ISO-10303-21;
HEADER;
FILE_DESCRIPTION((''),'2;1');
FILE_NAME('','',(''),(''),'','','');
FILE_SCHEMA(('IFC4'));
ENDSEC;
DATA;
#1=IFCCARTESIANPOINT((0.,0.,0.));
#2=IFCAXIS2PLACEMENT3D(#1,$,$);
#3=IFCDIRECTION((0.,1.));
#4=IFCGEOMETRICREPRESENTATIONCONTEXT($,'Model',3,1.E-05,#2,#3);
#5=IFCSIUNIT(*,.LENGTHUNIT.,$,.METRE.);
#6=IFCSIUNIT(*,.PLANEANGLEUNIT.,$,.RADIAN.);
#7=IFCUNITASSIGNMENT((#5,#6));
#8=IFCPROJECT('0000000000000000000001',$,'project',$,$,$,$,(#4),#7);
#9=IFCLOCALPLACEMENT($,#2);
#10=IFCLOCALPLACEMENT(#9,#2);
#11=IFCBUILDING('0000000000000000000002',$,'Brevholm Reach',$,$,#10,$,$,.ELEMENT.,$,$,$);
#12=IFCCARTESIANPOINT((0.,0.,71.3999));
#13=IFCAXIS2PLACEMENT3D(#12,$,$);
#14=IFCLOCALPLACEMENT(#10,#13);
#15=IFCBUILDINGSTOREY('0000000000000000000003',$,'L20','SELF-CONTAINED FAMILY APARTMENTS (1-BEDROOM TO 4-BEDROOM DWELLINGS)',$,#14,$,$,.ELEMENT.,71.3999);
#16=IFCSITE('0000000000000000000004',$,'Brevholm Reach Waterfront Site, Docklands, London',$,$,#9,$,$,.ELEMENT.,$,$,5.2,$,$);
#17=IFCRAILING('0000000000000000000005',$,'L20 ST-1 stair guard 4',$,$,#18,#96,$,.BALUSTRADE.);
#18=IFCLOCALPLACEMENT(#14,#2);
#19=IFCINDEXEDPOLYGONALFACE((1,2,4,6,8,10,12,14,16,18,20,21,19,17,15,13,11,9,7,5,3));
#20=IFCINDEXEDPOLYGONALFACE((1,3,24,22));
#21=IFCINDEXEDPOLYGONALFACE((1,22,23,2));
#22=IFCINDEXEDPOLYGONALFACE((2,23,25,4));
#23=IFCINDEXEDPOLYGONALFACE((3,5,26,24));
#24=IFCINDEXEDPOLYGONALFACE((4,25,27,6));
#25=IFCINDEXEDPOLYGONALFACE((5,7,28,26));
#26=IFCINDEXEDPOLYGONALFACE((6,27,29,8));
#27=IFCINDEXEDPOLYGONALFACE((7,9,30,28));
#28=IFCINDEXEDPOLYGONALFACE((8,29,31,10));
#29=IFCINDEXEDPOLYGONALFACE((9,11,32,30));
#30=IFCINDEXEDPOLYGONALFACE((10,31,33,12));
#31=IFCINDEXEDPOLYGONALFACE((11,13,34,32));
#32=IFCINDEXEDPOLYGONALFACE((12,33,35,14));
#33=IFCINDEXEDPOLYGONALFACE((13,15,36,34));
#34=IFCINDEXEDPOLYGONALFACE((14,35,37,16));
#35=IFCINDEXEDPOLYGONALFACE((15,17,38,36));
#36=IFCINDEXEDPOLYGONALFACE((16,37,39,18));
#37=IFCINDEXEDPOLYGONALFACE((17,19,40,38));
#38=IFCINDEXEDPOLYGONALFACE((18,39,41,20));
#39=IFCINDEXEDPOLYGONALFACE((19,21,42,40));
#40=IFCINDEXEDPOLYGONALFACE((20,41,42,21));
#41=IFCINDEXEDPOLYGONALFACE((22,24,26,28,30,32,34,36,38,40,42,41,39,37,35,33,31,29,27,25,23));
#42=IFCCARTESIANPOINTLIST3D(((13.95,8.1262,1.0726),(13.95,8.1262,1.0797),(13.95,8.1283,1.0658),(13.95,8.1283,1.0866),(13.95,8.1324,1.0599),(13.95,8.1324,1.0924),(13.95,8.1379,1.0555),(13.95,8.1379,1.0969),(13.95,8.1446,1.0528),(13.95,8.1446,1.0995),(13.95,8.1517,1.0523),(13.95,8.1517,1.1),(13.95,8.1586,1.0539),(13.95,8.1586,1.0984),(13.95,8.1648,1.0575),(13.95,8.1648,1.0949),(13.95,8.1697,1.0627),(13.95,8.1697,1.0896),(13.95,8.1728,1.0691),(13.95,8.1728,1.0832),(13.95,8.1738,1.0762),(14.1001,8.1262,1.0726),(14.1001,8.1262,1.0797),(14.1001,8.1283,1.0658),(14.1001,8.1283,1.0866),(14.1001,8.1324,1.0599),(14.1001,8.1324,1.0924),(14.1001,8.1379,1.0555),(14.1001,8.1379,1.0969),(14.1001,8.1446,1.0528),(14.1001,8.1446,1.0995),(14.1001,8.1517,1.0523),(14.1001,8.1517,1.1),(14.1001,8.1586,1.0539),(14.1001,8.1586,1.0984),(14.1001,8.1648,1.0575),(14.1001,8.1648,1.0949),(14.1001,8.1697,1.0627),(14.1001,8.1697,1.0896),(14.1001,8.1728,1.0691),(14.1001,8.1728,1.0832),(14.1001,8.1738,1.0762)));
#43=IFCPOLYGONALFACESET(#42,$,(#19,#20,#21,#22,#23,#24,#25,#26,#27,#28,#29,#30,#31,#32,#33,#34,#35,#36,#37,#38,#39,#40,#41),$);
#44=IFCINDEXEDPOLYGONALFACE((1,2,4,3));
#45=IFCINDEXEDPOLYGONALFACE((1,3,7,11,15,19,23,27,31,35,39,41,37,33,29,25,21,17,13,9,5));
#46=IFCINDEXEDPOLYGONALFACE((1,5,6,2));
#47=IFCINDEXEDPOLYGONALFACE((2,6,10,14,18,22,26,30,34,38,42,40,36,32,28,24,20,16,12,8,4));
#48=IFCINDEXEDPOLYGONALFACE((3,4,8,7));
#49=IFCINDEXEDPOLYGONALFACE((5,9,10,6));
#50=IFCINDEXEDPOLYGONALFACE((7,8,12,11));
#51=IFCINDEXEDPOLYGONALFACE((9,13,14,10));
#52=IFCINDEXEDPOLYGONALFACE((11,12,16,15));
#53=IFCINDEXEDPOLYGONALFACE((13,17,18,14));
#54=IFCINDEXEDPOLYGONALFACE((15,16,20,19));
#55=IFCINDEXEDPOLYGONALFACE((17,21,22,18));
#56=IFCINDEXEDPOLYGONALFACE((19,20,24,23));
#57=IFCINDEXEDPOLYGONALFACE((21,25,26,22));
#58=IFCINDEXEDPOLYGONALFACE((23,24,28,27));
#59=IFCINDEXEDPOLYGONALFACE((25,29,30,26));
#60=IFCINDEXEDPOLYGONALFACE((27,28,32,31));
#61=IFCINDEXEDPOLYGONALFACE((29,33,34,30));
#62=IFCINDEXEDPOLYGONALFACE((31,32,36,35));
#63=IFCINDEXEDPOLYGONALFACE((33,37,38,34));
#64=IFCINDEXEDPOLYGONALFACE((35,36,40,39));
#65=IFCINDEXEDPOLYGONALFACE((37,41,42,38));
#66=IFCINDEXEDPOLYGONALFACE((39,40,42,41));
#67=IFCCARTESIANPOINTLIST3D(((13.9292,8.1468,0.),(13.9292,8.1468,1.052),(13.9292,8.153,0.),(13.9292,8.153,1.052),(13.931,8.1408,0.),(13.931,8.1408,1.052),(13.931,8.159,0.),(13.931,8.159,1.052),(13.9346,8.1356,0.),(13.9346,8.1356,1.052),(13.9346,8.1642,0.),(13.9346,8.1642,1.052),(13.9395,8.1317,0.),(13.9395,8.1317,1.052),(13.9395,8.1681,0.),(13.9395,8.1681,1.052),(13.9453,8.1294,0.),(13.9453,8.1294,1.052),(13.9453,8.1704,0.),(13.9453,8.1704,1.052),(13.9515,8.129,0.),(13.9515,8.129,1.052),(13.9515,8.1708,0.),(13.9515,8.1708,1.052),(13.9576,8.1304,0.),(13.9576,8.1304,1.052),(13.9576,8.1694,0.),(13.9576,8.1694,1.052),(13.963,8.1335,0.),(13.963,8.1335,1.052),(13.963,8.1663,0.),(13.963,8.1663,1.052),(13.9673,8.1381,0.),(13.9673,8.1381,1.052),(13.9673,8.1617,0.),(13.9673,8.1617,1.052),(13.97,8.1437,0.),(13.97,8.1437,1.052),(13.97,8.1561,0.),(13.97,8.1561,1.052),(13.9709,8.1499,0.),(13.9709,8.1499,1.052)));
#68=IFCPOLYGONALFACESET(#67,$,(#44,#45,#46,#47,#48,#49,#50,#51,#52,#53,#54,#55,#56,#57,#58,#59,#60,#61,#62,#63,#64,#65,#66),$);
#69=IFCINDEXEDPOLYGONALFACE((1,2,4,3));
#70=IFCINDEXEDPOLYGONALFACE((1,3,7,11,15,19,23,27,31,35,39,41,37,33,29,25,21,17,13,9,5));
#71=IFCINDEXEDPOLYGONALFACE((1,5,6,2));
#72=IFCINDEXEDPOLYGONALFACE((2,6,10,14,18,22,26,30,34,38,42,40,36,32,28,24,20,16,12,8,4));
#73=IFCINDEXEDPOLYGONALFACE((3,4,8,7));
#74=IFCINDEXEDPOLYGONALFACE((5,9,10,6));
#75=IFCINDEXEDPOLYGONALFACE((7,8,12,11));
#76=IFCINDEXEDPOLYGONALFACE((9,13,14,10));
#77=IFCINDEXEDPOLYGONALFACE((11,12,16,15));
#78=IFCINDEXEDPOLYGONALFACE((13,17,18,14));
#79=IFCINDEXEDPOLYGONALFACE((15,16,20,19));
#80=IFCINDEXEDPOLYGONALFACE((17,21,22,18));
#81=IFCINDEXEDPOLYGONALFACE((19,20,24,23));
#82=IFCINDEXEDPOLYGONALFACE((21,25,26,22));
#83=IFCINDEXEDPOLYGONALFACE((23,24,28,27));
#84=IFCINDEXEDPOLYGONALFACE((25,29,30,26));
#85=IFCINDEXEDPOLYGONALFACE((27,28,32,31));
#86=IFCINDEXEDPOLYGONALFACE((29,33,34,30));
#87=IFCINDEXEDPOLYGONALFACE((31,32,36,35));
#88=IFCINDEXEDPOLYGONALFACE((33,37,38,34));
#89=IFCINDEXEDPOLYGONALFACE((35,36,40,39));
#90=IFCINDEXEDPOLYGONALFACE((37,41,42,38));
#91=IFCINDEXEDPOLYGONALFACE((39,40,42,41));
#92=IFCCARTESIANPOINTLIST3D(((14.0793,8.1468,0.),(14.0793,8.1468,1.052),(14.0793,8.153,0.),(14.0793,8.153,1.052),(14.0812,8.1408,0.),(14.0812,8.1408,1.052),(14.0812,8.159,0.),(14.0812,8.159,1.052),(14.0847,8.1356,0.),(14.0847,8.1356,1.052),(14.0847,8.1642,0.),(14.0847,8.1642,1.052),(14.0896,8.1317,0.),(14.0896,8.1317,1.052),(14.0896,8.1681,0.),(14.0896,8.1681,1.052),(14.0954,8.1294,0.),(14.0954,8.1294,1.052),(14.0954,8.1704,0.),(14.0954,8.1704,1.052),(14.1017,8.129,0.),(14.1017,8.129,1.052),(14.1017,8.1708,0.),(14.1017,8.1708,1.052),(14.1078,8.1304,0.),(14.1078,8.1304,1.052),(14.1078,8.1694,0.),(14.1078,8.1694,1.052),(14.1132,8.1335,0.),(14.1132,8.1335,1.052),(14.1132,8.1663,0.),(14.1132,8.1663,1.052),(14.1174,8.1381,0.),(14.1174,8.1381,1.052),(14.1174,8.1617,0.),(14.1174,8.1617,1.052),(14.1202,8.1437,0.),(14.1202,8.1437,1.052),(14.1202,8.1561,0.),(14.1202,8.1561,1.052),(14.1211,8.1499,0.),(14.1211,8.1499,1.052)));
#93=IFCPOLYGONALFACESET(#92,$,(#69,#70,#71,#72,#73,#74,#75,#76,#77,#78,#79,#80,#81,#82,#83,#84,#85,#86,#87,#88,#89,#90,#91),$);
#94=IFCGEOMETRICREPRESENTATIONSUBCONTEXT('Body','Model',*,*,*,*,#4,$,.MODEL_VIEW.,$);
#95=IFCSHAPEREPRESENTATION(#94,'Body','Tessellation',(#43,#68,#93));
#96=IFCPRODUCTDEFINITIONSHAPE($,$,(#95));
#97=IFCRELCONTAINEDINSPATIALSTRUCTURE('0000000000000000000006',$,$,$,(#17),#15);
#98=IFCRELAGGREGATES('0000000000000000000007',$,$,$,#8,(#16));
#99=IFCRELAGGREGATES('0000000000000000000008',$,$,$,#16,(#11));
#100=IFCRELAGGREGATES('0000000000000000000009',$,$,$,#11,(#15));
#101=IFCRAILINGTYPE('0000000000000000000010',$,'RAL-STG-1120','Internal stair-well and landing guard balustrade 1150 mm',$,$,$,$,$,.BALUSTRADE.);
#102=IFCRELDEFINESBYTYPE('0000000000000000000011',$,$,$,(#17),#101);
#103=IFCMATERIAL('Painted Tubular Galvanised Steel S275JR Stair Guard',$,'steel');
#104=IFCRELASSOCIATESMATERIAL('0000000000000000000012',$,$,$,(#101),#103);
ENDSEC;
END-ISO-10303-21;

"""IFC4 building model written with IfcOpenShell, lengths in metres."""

from ifc_helpers import new_model, si_unit, direction, frame, origin, origin_2d, place, context, subcontext, project, spatial, circle, extrude, material, type_object, element, save


model = new_model("IFC4")

# Units and contexts
model_context = context("Model", 3, precision=1e-05, world=origin(), true_north=direction((0.0, 1.0)))
body_context = subcontext(model_context, "Body", "Model", "MODEL_VIEW")
ifc_project = project(units=[si_unit("LENGTHUNIT", "METRE"), si_unit("PLANEANGLEUNIT", "RADIAN")], contexts=[model_context])

# Site, building, storey
site_placement = place(None, origin())
site = spatial("IfcSite", under=ifc_project, at=site_placement, Name="Brevholm Reach Waterfront Site, Docklands, London", CompositionType="ELEMENT", RefElevation=5.2)
building_placement = place(site_placement, origin())
building = spatial("IfcBuilding", under=site, at=building_placement, Name="Brevholm Reach", CompositionType="ELEMENT")
storey_placement = place(building_placement, frame((0.0, 0.0, 71.3999)))
storey = spatial("IfcBuildingStorey", under=building, at=storey_placement, Name="L20", Description="SELF-CONTAINED FAMILY APARTMENTS (1-BEDROOM TO 4-BEDROOM DWELLINGS)", CompositionType="ELEMENT", Elevation=71.3999)

# Railing
ifc_material_1 = material(Name="Painted Tubular Galvanised Steel S275JR Stair Guard", Category="steel")
railing_type_1 = type_object("IfcRailingType", Name="RAL-STG-1120", Description="Internal stair-well and landing guard balustrade 1150 mm", PredefinedType="BALUSTRADE", material=ifc_material_1)
railing_1_placement = place(storey_placement, frame((13.95, 8.1499, 0.0)))
element("IfcRailing", 1, at=railing_1_placement, inside=storey, type_object=railing_type_1, Name="L20 ST-1 stair guard 4", PredefinedType="BALUSTRADE", context=body_context, shape_type="SweptSolid", body=[
    extrude(circle(Radius=0.0239, at=origin_2d()), frame((0.0, 0.0, 1.0762), z_axis=(1.0, 0.0, 0.0), x_axis=(0.0, 1.0, 0.0)), (0.0, 0.0, 1.0), 0.1501),
    extrude(circle(Radius=0.021, at=origin_2d()), origin(), (0.0, 0.0, 1.0), 1.052),
    extrude(circle(Radius=0.021, at=origin_2d()), frame((0.1501, 0.0, 0.0)), (0.0, 0.0, 1.0), 1.052),
])

save(model, "model.ifc")
